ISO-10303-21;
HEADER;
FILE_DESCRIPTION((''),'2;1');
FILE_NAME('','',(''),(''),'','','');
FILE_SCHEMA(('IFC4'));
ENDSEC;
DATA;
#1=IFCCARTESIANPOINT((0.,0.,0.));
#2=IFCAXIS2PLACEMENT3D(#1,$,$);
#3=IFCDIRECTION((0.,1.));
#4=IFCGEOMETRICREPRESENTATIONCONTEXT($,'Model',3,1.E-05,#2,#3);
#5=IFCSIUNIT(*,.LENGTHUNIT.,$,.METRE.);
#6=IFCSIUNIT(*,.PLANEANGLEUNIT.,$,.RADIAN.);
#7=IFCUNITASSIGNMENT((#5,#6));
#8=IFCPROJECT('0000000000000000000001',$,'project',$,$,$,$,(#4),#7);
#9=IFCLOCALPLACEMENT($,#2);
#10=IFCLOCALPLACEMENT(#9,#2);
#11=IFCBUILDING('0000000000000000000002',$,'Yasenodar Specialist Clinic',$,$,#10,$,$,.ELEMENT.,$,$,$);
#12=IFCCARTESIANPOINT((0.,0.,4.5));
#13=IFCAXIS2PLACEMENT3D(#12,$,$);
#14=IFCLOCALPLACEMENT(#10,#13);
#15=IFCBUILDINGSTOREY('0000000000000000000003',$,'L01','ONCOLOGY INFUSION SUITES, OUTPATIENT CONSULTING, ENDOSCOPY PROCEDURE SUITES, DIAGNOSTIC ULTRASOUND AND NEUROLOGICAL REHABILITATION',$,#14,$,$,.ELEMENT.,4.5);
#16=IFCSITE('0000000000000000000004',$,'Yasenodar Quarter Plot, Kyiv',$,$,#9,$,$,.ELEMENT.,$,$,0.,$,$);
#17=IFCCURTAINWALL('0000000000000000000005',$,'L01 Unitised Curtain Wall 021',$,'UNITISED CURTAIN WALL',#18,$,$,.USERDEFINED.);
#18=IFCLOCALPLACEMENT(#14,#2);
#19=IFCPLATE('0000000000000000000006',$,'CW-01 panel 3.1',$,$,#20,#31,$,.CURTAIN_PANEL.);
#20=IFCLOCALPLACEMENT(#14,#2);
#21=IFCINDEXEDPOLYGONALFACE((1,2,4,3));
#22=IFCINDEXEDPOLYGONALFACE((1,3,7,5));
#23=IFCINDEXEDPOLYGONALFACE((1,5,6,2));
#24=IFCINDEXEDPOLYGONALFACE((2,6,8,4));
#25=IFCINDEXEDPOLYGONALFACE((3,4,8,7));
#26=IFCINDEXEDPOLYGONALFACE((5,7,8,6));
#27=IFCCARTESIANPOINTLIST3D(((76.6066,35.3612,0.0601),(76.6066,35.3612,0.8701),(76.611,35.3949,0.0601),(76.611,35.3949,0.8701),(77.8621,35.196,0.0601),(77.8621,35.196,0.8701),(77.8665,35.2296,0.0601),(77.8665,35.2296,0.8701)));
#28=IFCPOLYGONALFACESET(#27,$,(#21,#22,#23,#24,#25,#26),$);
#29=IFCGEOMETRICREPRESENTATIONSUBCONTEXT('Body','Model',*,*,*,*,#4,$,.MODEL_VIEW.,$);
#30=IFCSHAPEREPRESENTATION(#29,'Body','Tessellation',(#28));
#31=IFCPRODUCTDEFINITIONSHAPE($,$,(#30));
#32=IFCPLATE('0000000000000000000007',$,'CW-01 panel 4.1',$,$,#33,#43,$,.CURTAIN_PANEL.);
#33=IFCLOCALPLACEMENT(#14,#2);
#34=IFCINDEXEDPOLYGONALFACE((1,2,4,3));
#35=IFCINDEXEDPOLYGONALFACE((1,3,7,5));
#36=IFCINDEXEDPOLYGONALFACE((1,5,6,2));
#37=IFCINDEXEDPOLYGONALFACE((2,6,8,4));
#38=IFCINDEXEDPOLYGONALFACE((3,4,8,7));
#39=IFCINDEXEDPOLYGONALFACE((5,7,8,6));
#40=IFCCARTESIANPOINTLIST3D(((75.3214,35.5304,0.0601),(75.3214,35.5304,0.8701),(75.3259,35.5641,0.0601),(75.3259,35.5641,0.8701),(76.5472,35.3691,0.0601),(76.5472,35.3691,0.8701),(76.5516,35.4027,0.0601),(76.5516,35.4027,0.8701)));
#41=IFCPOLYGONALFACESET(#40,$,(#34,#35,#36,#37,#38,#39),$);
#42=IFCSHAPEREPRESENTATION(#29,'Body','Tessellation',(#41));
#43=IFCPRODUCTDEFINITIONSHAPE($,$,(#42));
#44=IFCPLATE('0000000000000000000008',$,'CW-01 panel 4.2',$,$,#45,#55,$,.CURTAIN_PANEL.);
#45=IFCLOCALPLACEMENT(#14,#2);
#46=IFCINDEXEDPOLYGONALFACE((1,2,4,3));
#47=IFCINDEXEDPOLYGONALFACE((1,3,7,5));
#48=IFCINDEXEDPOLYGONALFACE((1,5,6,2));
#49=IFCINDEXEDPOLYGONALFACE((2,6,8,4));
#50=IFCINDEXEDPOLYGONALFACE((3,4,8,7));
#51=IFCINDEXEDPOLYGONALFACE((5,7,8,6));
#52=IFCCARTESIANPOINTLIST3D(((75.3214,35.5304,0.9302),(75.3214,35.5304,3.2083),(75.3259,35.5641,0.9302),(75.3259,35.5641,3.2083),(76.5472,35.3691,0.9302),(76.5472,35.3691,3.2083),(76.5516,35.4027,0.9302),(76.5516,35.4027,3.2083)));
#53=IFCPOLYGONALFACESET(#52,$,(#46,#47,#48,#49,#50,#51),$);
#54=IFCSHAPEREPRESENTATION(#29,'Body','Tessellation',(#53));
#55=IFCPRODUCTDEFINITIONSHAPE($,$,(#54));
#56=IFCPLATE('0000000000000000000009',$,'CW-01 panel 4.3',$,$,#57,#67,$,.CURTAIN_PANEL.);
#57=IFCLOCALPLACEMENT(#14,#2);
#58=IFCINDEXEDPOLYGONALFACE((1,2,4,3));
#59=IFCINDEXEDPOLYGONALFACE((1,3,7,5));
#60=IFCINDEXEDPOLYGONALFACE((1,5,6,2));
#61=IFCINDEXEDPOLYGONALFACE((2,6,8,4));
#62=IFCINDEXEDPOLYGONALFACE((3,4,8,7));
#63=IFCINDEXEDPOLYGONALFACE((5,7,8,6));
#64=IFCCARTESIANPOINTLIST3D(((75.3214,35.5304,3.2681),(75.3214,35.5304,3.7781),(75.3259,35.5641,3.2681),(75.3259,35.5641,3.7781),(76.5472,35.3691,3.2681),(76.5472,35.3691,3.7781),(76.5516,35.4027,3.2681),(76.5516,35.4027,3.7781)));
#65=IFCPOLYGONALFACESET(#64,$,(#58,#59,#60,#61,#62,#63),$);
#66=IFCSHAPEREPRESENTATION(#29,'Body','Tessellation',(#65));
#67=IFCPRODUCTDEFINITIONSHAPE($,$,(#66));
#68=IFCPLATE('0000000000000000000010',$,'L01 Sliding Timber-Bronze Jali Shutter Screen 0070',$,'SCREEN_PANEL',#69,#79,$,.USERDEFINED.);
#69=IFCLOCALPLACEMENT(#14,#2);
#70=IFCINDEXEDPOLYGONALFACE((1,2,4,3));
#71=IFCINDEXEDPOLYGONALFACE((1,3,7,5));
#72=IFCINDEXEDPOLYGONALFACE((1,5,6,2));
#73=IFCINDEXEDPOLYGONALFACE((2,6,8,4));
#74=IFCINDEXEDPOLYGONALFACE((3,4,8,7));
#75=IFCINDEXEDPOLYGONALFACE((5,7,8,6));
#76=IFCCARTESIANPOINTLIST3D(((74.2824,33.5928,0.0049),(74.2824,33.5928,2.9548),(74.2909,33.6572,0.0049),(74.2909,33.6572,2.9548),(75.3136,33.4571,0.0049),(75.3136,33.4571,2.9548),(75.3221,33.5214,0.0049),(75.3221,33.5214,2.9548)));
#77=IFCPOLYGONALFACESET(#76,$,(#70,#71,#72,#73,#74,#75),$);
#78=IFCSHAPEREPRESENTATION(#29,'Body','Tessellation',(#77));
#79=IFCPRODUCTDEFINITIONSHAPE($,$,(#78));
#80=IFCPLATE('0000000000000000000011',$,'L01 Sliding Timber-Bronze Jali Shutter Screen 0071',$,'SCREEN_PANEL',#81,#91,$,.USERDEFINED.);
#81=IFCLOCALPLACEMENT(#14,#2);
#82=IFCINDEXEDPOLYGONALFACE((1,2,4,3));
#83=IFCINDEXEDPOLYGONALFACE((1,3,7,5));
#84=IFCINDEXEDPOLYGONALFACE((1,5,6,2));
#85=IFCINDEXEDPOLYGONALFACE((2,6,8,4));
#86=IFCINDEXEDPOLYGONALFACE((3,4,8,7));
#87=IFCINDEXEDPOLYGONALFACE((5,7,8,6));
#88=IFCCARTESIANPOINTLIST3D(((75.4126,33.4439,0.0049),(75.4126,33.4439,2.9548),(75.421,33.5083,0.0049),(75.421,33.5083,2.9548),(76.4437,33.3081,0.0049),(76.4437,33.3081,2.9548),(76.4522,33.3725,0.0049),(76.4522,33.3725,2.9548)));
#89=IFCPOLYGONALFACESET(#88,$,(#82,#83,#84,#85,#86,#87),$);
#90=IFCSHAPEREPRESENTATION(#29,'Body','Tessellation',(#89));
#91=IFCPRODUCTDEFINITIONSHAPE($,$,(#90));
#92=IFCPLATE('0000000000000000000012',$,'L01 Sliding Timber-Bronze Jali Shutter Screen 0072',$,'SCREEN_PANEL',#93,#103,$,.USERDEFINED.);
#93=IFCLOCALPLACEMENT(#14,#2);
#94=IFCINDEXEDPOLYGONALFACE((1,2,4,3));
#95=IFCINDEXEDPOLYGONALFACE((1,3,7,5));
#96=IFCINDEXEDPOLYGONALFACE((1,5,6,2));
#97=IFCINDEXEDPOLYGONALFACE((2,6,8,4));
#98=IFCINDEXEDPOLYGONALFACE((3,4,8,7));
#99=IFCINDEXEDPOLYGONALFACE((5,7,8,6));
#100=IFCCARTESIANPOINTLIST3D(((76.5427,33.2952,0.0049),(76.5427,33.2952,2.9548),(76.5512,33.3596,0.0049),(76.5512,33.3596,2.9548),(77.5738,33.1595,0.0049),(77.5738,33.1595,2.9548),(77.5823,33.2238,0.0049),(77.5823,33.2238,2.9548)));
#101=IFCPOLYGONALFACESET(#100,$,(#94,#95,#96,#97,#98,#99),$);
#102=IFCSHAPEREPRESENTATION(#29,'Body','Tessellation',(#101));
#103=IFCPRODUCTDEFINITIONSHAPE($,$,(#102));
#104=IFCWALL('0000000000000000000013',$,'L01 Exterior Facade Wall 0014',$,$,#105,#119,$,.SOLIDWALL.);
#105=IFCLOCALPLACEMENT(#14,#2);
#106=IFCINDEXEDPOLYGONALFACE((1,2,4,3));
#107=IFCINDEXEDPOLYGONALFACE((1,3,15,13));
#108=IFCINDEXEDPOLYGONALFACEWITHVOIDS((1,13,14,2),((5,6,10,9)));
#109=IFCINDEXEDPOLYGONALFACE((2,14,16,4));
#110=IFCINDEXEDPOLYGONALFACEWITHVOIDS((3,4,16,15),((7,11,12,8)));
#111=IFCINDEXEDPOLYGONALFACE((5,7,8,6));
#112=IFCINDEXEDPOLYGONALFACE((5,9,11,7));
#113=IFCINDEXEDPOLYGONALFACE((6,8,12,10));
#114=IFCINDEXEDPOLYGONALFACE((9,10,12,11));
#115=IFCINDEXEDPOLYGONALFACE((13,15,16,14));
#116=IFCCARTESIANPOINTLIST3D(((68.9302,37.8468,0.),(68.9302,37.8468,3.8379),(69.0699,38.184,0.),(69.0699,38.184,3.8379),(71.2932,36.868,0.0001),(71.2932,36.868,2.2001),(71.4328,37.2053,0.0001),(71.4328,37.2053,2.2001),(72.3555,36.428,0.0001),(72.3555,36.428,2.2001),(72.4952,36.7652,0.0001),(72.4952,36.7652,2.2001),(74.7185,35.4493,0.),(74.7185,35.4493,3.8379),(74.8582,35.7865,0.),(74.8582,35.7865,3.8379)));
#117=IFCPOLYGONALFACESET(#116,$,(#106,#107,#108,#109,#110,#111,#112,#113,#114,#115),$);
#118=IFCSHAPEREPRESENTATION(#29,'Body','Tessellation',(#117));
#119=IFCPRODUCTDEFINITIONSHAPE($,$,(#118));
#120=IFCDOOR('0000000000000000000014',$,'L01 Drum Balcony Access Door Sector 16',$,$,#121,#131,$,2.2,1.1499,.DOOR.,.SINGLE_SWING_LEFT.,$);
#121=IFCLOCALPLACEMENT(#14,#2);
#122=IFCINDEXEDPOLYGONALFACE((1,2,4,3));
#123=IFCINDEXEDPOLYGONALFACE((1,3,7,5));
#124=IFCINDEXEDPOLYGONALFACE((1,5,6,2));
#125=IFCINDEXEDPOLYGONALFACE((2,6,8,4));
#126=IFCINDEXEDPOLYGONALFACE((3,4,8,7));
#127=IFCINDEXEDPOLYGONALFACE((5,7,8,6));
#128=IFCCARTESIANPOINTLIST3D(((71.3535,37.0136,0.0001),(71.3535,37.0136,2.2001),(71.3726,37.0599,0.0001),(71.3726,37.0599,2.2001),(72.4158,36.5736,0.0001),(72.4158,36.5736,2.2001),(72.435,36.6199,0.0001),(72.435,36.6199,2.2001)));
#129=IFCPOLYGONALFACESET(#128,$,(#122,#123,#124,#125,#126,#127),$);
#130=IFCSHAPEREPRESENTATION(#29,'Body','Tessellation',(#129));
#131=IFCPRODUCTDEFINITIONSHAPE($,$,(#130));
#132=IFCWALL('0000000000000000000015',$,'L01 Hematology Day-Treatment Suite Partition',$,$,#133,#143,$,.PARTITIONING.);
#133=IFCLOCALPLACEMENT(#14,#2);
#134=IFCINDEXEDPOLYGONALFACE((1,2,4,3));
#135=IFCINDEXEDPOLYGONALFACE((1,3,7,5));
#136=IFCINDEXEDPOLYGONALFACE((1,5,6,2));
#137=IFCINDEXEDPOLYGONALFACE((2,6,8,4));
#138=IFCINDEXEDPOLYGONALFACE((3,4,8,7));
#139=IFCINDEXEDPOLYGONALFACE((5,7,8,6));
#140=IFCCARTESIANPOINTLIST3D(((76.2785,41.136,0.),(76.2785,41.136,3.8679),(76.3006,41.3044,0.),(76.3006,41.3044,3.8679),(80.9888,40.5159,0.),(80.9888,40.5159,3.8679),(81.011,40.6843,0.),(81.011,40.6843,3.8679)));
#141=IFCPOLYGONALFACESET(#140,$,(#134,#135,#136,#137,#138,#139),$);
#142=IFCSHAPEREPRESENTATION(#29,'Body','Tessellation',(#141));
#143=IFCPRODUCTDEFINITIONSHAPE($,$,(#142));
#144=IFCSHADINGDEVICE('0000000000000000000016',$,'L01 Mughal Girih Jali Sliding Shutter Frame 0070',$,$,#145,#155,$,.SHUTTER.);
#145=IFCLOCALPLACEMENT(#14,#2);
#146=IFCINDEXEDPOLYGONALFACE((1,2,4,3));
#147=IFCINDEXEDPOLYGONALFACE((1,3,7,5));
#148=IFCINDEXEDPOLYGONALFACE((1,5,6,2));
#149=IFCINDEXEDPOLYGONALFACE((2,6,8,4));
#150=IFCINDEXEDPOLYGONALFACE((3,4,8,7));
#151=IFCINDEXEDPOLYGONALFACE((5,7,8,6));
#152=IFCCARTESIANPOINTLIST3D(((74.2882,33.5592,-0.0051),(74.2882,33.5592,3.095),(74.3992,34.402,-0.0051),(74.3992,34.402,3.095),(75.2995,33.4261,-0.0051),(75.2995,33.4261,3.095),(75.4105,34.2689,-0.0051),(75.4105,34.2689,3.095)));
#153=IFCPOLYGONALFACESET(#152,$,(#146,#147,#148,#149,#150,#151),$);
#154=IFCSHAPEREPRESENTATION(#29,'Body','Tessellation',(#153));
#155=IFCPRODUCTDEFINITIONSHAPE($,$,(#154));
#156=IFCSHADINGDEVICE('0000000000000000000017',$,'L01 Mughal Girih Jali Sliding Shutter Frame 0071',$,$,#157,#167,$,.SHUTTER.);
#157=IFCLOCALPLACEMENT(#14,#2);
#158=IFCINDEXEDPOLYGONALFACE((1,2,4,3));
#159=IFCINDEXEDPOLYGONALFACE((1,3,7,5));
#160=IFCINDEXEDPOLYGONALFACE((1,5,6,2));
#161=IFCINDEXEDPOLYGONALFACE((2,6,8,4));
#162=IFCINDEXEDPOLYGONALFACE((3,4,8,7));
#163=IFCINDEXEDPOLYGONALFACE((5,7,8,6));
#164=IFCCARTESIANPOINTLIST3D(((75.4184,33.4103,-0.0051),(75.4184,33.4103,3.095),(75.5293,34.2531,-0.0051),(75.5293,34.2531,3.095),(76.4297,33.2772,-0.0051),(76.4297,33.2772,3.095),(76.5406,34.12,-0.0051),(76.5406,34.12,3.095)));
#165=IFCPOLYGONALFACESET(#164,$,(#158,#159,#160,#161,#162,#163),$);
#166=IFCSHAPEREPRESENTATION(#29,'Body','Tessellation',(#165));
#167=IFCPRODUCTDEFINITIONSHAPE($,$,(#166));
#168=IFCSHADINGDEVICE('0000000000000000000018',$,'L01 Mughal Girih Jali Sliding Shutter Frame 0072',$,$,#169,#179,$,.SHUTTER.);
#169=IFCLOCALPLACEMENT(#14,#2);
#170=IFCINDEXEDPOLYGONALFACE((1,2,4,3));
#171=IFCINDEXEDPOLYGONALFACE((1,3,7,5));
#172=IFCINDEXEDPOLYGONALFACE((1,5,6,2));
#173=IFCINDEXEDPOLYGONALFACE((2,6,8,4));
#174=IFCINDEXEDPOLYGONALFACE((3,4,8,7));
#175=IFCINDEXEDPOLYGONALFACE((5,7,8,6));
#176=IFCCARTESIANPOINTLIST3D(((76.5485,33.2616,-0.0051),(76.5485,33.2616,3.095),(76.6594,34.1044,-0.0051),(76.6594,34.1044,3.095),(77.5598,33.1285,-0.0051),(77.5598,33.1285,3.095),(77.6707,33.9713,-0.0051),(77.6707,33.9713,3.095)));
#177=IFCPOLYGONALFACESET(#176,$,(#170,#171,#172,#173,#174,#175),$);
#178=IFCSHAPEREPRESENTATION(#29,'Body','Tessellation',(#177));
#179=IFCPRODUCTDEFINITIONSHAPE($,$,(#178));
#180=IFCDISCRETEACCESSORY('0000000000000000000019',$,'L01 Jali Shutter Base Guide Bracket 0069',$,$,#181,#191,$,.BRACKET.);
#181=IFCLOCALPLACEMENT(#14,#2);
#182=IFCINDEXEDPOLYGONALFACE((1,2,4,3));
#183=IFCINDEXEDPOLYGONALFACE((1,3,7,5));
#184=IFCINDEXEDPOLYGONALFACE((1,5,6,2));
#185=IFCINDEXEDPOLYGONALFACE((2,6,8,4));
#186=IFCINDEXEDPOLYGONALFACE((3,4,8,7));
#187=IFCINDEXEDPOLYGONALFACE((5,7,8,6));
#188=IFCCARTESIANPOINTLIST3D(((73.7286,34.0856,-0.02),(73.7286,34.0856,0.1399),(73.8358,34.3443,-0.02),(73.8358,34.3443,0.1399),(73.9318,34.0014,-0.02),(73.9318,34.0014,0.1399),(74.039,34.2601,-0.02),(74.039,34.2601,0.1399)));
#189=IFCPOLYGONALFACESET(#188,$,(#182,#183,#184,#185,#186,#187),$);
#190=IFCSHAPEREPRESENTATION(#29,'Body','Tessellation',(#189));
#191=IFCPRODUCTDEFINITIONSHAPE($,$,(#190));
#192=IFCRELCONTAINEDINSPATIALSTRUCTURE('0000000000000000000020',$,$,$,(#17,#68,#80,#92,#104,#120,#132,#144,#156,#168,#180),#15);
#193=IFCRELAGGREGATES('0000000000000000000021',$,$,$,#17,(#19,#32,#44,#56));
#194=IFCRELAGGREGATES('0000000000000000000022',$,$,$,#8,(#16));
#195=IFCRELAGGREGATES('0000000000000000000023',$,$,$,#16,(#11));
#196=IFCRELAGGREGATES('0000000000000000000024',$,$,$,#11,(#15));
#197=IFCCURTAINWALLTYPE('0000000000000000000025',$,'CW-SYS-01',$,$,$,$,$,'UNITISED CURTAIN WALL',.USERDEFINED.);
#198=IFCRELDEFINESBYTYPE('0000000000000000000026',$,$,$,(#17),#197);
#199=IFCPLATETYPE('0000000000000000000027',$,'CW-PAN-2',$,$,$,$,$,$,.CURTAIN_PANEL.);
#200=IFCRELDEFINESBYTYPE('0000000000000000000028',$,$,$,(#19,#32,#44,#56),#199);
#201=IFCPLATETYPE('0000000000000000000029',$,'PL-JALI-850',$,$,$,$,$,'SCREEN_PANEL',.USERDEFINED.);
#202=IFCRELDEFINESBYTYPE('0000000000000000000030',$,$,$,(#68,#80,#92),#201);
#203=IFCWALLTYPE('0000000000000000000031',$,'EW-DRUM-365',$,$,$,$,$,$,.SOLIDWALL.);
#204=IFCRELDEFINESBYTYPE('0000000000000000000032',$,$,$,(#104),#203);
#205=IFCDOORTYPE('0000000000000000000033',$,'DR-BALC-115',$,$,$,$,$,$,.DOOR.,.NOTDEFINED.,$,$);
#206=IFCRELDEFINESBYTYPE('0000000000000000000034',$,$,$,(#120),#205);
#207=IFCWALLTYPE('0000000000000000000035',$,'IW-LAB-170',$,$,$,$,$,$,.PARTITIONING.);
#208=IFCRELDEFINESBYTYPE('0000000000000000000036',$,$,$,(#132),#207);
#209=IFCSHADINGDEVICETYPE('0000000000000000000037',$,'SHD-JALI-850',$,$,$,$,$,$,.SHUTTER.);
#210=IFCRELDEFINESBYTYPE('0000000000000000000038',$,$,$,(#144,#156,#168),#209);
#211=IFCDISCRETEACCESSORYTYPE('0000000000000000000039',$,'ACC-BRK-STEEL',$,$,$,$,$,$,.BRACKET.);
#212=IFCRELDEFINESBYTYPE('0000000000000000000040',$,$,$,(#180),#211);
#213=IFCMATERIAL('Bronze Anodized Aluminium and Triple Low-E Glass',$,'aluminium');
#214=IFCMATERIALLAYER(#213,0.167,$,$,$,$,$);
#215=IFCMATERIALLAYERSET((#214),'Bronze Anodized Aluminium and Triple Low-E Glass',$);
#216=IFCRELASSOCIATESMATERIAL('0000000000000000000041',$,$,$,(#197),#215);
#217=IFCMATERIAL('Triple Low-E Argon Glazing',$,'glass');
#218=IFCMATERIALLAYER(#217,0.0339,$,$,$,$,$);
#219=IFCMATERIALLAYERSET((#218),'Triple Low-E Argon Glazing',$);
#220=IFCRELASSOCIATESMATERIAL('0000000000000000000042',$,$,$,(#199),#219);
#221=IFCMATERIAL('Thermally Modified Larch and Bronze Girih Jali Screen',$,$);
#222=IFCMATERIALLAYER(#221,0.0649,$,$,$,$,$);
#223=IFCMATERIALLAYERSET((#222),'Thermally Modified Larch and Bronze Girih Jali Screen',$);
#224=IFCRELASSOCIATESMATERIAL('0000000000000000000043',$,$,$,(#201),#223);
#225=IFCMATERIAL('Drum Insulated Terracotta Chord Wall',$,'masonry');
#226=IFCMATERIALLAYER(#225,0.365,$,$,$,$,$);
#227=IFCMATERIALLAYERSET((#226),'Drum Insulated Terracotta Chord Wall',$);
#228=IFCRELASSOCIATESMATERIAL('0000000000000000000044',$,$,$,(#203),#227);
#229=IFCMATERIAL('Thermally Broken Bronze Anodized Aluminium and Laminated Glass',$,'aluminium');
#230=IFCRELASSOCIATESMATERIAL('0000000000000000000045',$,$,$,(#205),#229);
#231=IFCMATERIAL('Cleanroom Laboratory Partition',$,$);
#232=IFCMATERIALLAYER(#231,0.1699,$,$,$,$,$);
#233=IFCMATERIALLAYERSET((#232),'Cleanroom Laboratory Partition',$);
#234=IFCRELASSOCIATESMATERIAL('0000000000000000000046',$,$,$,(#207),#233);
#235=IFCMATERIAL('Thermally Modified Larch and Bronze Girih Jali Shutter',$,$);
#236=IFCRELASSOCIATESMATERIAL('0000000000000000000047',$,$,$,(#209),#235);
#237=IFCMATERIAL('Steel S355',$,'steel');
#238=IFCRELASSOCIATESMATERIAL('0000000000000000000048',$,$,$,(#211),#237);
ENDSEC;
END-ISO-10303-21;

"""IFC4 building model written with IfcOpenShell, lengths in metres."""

from ifc_helpers import new_model, si_unit, direction, frame, frame_2d, origin, origin_2d, place, context, subcontext, project, spatial, rectangle, extrude, material, layer, layer_set, type_object, element, fill, aggregate, save


model = new_model("IFC4")

# Units and contexts
model_context = context("Model", 3, precision=1e-05, world=origin(), true_north=direction((0.0, 1.0)))
body_context = subcontext(model_context, "Body", "Model", "MODEL_VIEW")
ifc_project = project(units=[si_unit("LENGTHUNIT", "METRE"), si_unit("PLANEANGLEUNIT", "RADIAN")], contexts=[model_context])

# Site, building, storey
site_placement = place(None, origin())
site = spatial("IfcSite", under=ifc_project, at=site_placement, Name="Yasenodar Quarter Plot, Kyiv", CompositionType="ELEMENT", RefElevation=0.0)
building_placement = place(site_placement, origin())
building = spatial("IfcBuilding", under=site, at=building_placement, Name="Yasenodar Specialist Clinic", CompositionType="ELEMENT")
storey_placement = place(building_placement, frame((0.0, 0.0, 4.5)))
storey = spatial("IfcBuildingStorey", under=building, at=storey_placement, Name="L01", Description="ONCOLOGY INFUSION SUITES, OUTPATIENT CONSULTING, ENDOSCOPY PROCEDURE SUITES, DIAGNOSTIC ULTRASOUND AND NEUROLOGICAL REHABILITATION", CompositionType="ELEMENT", Elevation=4.5)

# Shared definitions
ifc_material_1 = material(Name="Steel S355", Category="steel")

# Curtain wall, plates
ifc_material_2 = material(Name="Bronze Anodized Aluminium and Triple Low-E Glass", Category="aluminium")
ifc_layer_1 = layer(ifc_material_2, 0.167)
ifc_layer_set_1 = layer_set([ifc_layer_1], Name="Bronze Anodized Aluminium and Triple Low-E Glass")
curtain_wall_type = type_object("IfcCurtainWallType", Name="CW-SYS-01", ElementType="UNITISED CURTAIN WALL", PredefinedType="USERDEFINED", material=ifc_layer_set_1)
curtain_wall_placement = place(storey_placement, origin())
curtain_wall = element("IfcCurtainWall", 1, at=curtain_wall_placement, inside=storey, type_object=curtain_wall_type, Name="L01 Unitised Curtain Wall 021", ObjectType="UNITISED CURTAIN WALL", PredefinedType="USERDEFINED")
ifc_material_3 = material(Name="Triple Low-E Argon Glazing", Category="glass")
ifc_layer_2 = layer(ifc_material_3, 0.0339)
ifc_layer_set_2 = layer_set([ifc_layer_2], Name="Triple Low-E Argon Glazing")
plate_type_1 = type_object("IfcPlateType", Name="CW-PAN-2", PredefinedType="CURTAIN_PANEL", material=ifc_layer_set_2)
plate_1_placement = place(storey_placement, frame((77.2366, 35.2954, 0.0601), z_axis=(0.0, 0.0, 1.0), x_axis=(-0.991447, 0.130512, 0.0)))
plate_1 = element("IfcPlate", 2, at=plate_1_placement, type_object=plate_type_1, Name="CW-01 panel 3.1", PredefinedType="CURTAIN_PANEL", context=body_context, shape_type="SweptSolid", body=[
    extrude(rectangle(XDim=1.2664, YDim=0.0339, at=origin_2d()), origin(), (0.0, 0.0, 1.0), 0.8101),
])
plate_2_placement = place(storey_placement, frame((75.9365, 35.4666, 0.0601), z_axis=(0.0, 0.0, 1.0), x_axis=(-0.991447, 0.130512, 0.0)))
plate_2 = element("IfcPlate", 3, at=plate_2_placement, type_object=plate_type_1, Name="CW-01 panel 4.1", PredefinedType="CURTAIN_PANEL", context=body_context, shape_type="SweptSolid", body=[
    extrude(rectangle(XDim=1.2363, YDim=0.0339, at=origin_2d()), origin(), (0.0, 0.0, 1.0), 0.8101),
])
plate_3_placement = place(storey_placement, frame((75.9365, 35.4666, 0.9302), z_axis=(0.0, 0.0, 1.0), x_axis=(-0.991447, 0.130512, 0.0)))
plate_3 = element("IfcPlate", 4, at=plate_3_placement, type_object=plate_type_1, Name="CW-01 panel 4.2", PredefinedType="CURTAIN_PANEL", context=body_context, shape_type="SweptSolid", body=[
    extrude(rectangle(XDim=1.2363, YDim=0.0339, at=origin_2d()), origin(), (0.0, 0.0, 1.0), 2.2781),
])
plate_4_placement = place(storey_placement, frame((75.9365, 35.4666, 3.2681), z_axis=(0.0, 0.0, 1.0), x_axis=(-0.991447, 0.130512, 0.0)))
plate_4 = element("IfcPlate", 5, at=plate_4_placement, type_object=plate_type_1, Name="CW-01 panel 4.3", PredefinedType="CURTAIN_PANEL", context=body_context, shape_type="SweptSolid", body=[
    extrude(rectangle(XDim=1.2363, YDim=0.0339, at=origin_2d()), origin(), (0.0, 0.0, 1.0), 0.51),
])
aggregate(curtain_wall, [plate_1, plate_2, plate_3, plate_4])

# Plates
ifc_material_4 = material(Name="Thermally Modified Larch and Bronze Girih Jali Screen")
ifc_layer_3 = layer(ifc_material_4, 0.0649)
ifc_layer_set_3 = layer_set([ifc_layer_3], Name="Thermally Modified Larch and Bronze Girih Jali Screen")
plate_type_2 = type_object("IfcPlateType", Name="PL-JALI-850", ElementType="SCREEN_PANEL", PredefinedType="USERDEFINED", material=ifc_layer_set_3)
for number, where, z_axis, x_axis, name in (
    (6, (74.8022, 33.5571, 0.0049), (0.0, 0.0, 1.0), (0.991446, -0.130519, 0.0), "L01 Sliding Timber-Bronze Jali Shutter Screen 0070"),
    (7, (75.9324, 33.4082, 0.0049), (0.0, 0.0, 1.0), (0.991446, -0.130519, 0.0), "L01 Sliding Timber-Bronze Jali Shutter Screen 0071"),
    (8, (77.0625, 33.2595, 0.0049), (0.0, 0.0, 1.0), (0.991446, -0.130519, 0.0), "L01 Sliding Timber-Bronze Jali Shutter Screen 0072"),
):
    element("IfcPlate", number, at=place(storey_placement, frame(where, z_axis=z_axis, x_axis=x_axis)), inside=storey, type_object=plate_type_2, Name=name, ObjectType="SCREEN_PANEL", PredefinedType="USERDEFINED", context=body_context, shape_type="SweptSolid", body=[
        extrude(rectangle(XDim=1.04, YDim=0.0649, at=origin_2d()), origin(), (0.0, 0.0, 1.0), 2.95),
    ])

# Wall, opening, door
ifc_material_5 = material(Name="Drum Insulated Terracotta Chord Wall", Category="masonry")
ifc_layer_4 = layer(ifc_material_5, 0.365)
ifc_layer_set_4 = layer_set([ifc_layer_4], Name="Drum Insulated Terracotta Chord Wall")
wall_type_1 = type_object("IfcWallType", Name="EW-DRUM-365", PredefinedType="SOLIDWALL", material=ifc_layer_set_4)
wall_1_placement = place(storey_placement, frame((74.7883, 35.6179, 0.0), z_axis=(0.0, 0.0, 1.0), x_axis=(-0.923888, 0.382664, 0.0)))
wall_1 = element("IfcWall", 9, at=wall_1_placement, inside=storey, type_object=wall_type_1, Name="L01 Exterior Facade Wall 0014", PredefinedType="SOLIDWALL", context=body_context, shape_type="SweptSolid", body=[
    extrude(rectangle(XDim=6.2651, YDim=0.365, at=frame_2d((3.1326, 0.0))), origin(), (0.0, 0.0, 1.0), 3.8379),
])
opening_placement = place(wall_1_placement, frame((2.5576, 0.0, 0.0)))
opening = element("IfcOpeningElement", 10, at=opening_placement, cuts=wall_1, PredefinedType="OPENING", context=body_context, shape_type="SweptSolid", body=[
    extrude(rectangle(XDim=1.1499, YDim=2.2, at=frame_2d((0.575, 1.1001))), frame((0.0, 0.1924, 0.0), z_axis=(0.0, -1.0, 0.0), x_axis=(1.0, 0.0, 0.0)), (0.0, 0.0, 1.0), 0.385),
])
ifc_material_6 = material(Name="Thermally Broken Bronze Anodized Aluminium and Laminated Glass", Category="aluminium")
door_type = type_object("IfcDoorType", Name="DR-BALC-115", OperationType="NOTDEFINED", PredefinedType="DOOR", material=ifc_material_6)
door_placement = place(opening_placement, origin())
door = element("IfcDoor", 11, at=door_placement, inside=storey, type_object=door_type, Name="L01 Drum Balcony Access Door Sector 16", OperationType="SINGLE_SWING_LEFT", OverallHeight=2.2, OverallWidth=1.1499, PredefinedType="DOOR", context=body_context, shape_type="SweptSolid", body=[
    extrude(rectangle(XDim=1.1499, YDim=2.2, at=frame_2d((0.575, 1.1001))), frame((0.0, 0.0249, 0.0), z_axis=(0.0, -1.0, 0.0), x_axis=(1.0, 0.0, 0.0)), (0.0, 0.0, 1.0), 0.05),
])
fill(opening, door)

# Wall
ifc_material_7 = material(Name="Cleanroom Laboratory Partition")
ifc_layer_5 = layer(ifc_material_7, 0.1699)
ifc_layer_set_5 = layer_set([ifc_layer_5], Name="Cleanroom Laboratory Partition")
wall_type_2 = type_object("IfcWallType", Name="IW-LAB-170", PredefinedType="PARTITIONING", material=ifc_layer_set_5)
wall_2_placement = place(storey_placement, frame((76.2896, 41.2202, 0.0), z_axis=(0.0, 0.0, 1.0), x_axis=(0.991446, -0.130521, 0.0)))
element("IfcWall", 12, at=wall_2_placement, inside=storey, type_object=wall_type_2, Name="L01 Hematology Day-Treatment Suite Partition", PredefinedType="PARTITIONING", context=body_context, shape_type="SweptSolid", body=[
    extrude(rectangle(XDim=4.751, YDim=0.1699, at=frame_2d((2.3755, 0.0))), origin(), (0.0, 0.0, 1.0), 3.8679),
])

# Shading devices
ifc_material_8 = material(Name="Thermally Modified Larch and Bronze Girih Jali Shutter")
shading_device_type = type_object("IfcShadingDeviceType", Name="SHD-JALI-850", PredefinedType="SHUTTER", material=ifc_material_8)
for number, where, z_axis, x_axis, name in (
    (13, (74.8494, 33.9141, -0.0051), (0.0, 0.0, 1.0), (0.991446, -0.130519, 0.0), "L01 Mughal Girih Jali Sliding Shutter Frame 0070"),
    (14, (75.9795, 33.7651, -0.0051), (0.0, 0.0, 1.0), (0.991446, -0.130519, 0.0), "L01 Mughal Girih Jali Sliding Shutter Frame 0071"),
    (15, (77.1096, 33.6165, -0.0051), (0.0, 0.0, 1.0), (0.991446, -0.130519, 0.0), "L01 Mughal Girih Jali Sliding Shutter Frame 0072"),
):
    element("IfcShadingDevice", number, at=place(storey_placement, frame(where, z_axis=z_axis, x_axis=x_axis)), inside=storey, type_object=shading_device_type, Name=name, PredefinedType="SHUTTER", context=body_context, shape_type="SweptSolid", body=[
        extrude(rectangle(XDim=1.02, YDim=0.8501, at=origin_2d()), origin(), (0.0, 0.0, 1.0), 3.1001),
    ])

# Discrete accessory
discrete_accessory_type = type_object("IfcDiscreteAccessoryType", Name="ACC-BRK-STEEL", PredefinedType="BRACKET", material=ifc_material_1)
for number, where, z_axis, x_axis, name in (
    (16, (73.8838, 34.1729, -0.02), (0.0, 0.0, 1.0), (0.923878, -0.382687, 0.0), "L01 Jali Shutter Base Guide Bracket 0069"),
):
    element("IfcDiscreteAccessory", number, at=place(storey_placement, frame(where, z_axis=z_axis, x_axis=x_axis)), inside=storey, type_object=discrete_accessory_type, Name=name, PredefinedType="BRACKET", context=body_context, shape_type="SweptSolid", body=[
        extrude(rectangle(XDim=0.22, YDim=0.28, at=origin_2d()), origin(), (0.0, 0.0, 1.0), 0.1599),
    ])

save(model, "model.ifc")
